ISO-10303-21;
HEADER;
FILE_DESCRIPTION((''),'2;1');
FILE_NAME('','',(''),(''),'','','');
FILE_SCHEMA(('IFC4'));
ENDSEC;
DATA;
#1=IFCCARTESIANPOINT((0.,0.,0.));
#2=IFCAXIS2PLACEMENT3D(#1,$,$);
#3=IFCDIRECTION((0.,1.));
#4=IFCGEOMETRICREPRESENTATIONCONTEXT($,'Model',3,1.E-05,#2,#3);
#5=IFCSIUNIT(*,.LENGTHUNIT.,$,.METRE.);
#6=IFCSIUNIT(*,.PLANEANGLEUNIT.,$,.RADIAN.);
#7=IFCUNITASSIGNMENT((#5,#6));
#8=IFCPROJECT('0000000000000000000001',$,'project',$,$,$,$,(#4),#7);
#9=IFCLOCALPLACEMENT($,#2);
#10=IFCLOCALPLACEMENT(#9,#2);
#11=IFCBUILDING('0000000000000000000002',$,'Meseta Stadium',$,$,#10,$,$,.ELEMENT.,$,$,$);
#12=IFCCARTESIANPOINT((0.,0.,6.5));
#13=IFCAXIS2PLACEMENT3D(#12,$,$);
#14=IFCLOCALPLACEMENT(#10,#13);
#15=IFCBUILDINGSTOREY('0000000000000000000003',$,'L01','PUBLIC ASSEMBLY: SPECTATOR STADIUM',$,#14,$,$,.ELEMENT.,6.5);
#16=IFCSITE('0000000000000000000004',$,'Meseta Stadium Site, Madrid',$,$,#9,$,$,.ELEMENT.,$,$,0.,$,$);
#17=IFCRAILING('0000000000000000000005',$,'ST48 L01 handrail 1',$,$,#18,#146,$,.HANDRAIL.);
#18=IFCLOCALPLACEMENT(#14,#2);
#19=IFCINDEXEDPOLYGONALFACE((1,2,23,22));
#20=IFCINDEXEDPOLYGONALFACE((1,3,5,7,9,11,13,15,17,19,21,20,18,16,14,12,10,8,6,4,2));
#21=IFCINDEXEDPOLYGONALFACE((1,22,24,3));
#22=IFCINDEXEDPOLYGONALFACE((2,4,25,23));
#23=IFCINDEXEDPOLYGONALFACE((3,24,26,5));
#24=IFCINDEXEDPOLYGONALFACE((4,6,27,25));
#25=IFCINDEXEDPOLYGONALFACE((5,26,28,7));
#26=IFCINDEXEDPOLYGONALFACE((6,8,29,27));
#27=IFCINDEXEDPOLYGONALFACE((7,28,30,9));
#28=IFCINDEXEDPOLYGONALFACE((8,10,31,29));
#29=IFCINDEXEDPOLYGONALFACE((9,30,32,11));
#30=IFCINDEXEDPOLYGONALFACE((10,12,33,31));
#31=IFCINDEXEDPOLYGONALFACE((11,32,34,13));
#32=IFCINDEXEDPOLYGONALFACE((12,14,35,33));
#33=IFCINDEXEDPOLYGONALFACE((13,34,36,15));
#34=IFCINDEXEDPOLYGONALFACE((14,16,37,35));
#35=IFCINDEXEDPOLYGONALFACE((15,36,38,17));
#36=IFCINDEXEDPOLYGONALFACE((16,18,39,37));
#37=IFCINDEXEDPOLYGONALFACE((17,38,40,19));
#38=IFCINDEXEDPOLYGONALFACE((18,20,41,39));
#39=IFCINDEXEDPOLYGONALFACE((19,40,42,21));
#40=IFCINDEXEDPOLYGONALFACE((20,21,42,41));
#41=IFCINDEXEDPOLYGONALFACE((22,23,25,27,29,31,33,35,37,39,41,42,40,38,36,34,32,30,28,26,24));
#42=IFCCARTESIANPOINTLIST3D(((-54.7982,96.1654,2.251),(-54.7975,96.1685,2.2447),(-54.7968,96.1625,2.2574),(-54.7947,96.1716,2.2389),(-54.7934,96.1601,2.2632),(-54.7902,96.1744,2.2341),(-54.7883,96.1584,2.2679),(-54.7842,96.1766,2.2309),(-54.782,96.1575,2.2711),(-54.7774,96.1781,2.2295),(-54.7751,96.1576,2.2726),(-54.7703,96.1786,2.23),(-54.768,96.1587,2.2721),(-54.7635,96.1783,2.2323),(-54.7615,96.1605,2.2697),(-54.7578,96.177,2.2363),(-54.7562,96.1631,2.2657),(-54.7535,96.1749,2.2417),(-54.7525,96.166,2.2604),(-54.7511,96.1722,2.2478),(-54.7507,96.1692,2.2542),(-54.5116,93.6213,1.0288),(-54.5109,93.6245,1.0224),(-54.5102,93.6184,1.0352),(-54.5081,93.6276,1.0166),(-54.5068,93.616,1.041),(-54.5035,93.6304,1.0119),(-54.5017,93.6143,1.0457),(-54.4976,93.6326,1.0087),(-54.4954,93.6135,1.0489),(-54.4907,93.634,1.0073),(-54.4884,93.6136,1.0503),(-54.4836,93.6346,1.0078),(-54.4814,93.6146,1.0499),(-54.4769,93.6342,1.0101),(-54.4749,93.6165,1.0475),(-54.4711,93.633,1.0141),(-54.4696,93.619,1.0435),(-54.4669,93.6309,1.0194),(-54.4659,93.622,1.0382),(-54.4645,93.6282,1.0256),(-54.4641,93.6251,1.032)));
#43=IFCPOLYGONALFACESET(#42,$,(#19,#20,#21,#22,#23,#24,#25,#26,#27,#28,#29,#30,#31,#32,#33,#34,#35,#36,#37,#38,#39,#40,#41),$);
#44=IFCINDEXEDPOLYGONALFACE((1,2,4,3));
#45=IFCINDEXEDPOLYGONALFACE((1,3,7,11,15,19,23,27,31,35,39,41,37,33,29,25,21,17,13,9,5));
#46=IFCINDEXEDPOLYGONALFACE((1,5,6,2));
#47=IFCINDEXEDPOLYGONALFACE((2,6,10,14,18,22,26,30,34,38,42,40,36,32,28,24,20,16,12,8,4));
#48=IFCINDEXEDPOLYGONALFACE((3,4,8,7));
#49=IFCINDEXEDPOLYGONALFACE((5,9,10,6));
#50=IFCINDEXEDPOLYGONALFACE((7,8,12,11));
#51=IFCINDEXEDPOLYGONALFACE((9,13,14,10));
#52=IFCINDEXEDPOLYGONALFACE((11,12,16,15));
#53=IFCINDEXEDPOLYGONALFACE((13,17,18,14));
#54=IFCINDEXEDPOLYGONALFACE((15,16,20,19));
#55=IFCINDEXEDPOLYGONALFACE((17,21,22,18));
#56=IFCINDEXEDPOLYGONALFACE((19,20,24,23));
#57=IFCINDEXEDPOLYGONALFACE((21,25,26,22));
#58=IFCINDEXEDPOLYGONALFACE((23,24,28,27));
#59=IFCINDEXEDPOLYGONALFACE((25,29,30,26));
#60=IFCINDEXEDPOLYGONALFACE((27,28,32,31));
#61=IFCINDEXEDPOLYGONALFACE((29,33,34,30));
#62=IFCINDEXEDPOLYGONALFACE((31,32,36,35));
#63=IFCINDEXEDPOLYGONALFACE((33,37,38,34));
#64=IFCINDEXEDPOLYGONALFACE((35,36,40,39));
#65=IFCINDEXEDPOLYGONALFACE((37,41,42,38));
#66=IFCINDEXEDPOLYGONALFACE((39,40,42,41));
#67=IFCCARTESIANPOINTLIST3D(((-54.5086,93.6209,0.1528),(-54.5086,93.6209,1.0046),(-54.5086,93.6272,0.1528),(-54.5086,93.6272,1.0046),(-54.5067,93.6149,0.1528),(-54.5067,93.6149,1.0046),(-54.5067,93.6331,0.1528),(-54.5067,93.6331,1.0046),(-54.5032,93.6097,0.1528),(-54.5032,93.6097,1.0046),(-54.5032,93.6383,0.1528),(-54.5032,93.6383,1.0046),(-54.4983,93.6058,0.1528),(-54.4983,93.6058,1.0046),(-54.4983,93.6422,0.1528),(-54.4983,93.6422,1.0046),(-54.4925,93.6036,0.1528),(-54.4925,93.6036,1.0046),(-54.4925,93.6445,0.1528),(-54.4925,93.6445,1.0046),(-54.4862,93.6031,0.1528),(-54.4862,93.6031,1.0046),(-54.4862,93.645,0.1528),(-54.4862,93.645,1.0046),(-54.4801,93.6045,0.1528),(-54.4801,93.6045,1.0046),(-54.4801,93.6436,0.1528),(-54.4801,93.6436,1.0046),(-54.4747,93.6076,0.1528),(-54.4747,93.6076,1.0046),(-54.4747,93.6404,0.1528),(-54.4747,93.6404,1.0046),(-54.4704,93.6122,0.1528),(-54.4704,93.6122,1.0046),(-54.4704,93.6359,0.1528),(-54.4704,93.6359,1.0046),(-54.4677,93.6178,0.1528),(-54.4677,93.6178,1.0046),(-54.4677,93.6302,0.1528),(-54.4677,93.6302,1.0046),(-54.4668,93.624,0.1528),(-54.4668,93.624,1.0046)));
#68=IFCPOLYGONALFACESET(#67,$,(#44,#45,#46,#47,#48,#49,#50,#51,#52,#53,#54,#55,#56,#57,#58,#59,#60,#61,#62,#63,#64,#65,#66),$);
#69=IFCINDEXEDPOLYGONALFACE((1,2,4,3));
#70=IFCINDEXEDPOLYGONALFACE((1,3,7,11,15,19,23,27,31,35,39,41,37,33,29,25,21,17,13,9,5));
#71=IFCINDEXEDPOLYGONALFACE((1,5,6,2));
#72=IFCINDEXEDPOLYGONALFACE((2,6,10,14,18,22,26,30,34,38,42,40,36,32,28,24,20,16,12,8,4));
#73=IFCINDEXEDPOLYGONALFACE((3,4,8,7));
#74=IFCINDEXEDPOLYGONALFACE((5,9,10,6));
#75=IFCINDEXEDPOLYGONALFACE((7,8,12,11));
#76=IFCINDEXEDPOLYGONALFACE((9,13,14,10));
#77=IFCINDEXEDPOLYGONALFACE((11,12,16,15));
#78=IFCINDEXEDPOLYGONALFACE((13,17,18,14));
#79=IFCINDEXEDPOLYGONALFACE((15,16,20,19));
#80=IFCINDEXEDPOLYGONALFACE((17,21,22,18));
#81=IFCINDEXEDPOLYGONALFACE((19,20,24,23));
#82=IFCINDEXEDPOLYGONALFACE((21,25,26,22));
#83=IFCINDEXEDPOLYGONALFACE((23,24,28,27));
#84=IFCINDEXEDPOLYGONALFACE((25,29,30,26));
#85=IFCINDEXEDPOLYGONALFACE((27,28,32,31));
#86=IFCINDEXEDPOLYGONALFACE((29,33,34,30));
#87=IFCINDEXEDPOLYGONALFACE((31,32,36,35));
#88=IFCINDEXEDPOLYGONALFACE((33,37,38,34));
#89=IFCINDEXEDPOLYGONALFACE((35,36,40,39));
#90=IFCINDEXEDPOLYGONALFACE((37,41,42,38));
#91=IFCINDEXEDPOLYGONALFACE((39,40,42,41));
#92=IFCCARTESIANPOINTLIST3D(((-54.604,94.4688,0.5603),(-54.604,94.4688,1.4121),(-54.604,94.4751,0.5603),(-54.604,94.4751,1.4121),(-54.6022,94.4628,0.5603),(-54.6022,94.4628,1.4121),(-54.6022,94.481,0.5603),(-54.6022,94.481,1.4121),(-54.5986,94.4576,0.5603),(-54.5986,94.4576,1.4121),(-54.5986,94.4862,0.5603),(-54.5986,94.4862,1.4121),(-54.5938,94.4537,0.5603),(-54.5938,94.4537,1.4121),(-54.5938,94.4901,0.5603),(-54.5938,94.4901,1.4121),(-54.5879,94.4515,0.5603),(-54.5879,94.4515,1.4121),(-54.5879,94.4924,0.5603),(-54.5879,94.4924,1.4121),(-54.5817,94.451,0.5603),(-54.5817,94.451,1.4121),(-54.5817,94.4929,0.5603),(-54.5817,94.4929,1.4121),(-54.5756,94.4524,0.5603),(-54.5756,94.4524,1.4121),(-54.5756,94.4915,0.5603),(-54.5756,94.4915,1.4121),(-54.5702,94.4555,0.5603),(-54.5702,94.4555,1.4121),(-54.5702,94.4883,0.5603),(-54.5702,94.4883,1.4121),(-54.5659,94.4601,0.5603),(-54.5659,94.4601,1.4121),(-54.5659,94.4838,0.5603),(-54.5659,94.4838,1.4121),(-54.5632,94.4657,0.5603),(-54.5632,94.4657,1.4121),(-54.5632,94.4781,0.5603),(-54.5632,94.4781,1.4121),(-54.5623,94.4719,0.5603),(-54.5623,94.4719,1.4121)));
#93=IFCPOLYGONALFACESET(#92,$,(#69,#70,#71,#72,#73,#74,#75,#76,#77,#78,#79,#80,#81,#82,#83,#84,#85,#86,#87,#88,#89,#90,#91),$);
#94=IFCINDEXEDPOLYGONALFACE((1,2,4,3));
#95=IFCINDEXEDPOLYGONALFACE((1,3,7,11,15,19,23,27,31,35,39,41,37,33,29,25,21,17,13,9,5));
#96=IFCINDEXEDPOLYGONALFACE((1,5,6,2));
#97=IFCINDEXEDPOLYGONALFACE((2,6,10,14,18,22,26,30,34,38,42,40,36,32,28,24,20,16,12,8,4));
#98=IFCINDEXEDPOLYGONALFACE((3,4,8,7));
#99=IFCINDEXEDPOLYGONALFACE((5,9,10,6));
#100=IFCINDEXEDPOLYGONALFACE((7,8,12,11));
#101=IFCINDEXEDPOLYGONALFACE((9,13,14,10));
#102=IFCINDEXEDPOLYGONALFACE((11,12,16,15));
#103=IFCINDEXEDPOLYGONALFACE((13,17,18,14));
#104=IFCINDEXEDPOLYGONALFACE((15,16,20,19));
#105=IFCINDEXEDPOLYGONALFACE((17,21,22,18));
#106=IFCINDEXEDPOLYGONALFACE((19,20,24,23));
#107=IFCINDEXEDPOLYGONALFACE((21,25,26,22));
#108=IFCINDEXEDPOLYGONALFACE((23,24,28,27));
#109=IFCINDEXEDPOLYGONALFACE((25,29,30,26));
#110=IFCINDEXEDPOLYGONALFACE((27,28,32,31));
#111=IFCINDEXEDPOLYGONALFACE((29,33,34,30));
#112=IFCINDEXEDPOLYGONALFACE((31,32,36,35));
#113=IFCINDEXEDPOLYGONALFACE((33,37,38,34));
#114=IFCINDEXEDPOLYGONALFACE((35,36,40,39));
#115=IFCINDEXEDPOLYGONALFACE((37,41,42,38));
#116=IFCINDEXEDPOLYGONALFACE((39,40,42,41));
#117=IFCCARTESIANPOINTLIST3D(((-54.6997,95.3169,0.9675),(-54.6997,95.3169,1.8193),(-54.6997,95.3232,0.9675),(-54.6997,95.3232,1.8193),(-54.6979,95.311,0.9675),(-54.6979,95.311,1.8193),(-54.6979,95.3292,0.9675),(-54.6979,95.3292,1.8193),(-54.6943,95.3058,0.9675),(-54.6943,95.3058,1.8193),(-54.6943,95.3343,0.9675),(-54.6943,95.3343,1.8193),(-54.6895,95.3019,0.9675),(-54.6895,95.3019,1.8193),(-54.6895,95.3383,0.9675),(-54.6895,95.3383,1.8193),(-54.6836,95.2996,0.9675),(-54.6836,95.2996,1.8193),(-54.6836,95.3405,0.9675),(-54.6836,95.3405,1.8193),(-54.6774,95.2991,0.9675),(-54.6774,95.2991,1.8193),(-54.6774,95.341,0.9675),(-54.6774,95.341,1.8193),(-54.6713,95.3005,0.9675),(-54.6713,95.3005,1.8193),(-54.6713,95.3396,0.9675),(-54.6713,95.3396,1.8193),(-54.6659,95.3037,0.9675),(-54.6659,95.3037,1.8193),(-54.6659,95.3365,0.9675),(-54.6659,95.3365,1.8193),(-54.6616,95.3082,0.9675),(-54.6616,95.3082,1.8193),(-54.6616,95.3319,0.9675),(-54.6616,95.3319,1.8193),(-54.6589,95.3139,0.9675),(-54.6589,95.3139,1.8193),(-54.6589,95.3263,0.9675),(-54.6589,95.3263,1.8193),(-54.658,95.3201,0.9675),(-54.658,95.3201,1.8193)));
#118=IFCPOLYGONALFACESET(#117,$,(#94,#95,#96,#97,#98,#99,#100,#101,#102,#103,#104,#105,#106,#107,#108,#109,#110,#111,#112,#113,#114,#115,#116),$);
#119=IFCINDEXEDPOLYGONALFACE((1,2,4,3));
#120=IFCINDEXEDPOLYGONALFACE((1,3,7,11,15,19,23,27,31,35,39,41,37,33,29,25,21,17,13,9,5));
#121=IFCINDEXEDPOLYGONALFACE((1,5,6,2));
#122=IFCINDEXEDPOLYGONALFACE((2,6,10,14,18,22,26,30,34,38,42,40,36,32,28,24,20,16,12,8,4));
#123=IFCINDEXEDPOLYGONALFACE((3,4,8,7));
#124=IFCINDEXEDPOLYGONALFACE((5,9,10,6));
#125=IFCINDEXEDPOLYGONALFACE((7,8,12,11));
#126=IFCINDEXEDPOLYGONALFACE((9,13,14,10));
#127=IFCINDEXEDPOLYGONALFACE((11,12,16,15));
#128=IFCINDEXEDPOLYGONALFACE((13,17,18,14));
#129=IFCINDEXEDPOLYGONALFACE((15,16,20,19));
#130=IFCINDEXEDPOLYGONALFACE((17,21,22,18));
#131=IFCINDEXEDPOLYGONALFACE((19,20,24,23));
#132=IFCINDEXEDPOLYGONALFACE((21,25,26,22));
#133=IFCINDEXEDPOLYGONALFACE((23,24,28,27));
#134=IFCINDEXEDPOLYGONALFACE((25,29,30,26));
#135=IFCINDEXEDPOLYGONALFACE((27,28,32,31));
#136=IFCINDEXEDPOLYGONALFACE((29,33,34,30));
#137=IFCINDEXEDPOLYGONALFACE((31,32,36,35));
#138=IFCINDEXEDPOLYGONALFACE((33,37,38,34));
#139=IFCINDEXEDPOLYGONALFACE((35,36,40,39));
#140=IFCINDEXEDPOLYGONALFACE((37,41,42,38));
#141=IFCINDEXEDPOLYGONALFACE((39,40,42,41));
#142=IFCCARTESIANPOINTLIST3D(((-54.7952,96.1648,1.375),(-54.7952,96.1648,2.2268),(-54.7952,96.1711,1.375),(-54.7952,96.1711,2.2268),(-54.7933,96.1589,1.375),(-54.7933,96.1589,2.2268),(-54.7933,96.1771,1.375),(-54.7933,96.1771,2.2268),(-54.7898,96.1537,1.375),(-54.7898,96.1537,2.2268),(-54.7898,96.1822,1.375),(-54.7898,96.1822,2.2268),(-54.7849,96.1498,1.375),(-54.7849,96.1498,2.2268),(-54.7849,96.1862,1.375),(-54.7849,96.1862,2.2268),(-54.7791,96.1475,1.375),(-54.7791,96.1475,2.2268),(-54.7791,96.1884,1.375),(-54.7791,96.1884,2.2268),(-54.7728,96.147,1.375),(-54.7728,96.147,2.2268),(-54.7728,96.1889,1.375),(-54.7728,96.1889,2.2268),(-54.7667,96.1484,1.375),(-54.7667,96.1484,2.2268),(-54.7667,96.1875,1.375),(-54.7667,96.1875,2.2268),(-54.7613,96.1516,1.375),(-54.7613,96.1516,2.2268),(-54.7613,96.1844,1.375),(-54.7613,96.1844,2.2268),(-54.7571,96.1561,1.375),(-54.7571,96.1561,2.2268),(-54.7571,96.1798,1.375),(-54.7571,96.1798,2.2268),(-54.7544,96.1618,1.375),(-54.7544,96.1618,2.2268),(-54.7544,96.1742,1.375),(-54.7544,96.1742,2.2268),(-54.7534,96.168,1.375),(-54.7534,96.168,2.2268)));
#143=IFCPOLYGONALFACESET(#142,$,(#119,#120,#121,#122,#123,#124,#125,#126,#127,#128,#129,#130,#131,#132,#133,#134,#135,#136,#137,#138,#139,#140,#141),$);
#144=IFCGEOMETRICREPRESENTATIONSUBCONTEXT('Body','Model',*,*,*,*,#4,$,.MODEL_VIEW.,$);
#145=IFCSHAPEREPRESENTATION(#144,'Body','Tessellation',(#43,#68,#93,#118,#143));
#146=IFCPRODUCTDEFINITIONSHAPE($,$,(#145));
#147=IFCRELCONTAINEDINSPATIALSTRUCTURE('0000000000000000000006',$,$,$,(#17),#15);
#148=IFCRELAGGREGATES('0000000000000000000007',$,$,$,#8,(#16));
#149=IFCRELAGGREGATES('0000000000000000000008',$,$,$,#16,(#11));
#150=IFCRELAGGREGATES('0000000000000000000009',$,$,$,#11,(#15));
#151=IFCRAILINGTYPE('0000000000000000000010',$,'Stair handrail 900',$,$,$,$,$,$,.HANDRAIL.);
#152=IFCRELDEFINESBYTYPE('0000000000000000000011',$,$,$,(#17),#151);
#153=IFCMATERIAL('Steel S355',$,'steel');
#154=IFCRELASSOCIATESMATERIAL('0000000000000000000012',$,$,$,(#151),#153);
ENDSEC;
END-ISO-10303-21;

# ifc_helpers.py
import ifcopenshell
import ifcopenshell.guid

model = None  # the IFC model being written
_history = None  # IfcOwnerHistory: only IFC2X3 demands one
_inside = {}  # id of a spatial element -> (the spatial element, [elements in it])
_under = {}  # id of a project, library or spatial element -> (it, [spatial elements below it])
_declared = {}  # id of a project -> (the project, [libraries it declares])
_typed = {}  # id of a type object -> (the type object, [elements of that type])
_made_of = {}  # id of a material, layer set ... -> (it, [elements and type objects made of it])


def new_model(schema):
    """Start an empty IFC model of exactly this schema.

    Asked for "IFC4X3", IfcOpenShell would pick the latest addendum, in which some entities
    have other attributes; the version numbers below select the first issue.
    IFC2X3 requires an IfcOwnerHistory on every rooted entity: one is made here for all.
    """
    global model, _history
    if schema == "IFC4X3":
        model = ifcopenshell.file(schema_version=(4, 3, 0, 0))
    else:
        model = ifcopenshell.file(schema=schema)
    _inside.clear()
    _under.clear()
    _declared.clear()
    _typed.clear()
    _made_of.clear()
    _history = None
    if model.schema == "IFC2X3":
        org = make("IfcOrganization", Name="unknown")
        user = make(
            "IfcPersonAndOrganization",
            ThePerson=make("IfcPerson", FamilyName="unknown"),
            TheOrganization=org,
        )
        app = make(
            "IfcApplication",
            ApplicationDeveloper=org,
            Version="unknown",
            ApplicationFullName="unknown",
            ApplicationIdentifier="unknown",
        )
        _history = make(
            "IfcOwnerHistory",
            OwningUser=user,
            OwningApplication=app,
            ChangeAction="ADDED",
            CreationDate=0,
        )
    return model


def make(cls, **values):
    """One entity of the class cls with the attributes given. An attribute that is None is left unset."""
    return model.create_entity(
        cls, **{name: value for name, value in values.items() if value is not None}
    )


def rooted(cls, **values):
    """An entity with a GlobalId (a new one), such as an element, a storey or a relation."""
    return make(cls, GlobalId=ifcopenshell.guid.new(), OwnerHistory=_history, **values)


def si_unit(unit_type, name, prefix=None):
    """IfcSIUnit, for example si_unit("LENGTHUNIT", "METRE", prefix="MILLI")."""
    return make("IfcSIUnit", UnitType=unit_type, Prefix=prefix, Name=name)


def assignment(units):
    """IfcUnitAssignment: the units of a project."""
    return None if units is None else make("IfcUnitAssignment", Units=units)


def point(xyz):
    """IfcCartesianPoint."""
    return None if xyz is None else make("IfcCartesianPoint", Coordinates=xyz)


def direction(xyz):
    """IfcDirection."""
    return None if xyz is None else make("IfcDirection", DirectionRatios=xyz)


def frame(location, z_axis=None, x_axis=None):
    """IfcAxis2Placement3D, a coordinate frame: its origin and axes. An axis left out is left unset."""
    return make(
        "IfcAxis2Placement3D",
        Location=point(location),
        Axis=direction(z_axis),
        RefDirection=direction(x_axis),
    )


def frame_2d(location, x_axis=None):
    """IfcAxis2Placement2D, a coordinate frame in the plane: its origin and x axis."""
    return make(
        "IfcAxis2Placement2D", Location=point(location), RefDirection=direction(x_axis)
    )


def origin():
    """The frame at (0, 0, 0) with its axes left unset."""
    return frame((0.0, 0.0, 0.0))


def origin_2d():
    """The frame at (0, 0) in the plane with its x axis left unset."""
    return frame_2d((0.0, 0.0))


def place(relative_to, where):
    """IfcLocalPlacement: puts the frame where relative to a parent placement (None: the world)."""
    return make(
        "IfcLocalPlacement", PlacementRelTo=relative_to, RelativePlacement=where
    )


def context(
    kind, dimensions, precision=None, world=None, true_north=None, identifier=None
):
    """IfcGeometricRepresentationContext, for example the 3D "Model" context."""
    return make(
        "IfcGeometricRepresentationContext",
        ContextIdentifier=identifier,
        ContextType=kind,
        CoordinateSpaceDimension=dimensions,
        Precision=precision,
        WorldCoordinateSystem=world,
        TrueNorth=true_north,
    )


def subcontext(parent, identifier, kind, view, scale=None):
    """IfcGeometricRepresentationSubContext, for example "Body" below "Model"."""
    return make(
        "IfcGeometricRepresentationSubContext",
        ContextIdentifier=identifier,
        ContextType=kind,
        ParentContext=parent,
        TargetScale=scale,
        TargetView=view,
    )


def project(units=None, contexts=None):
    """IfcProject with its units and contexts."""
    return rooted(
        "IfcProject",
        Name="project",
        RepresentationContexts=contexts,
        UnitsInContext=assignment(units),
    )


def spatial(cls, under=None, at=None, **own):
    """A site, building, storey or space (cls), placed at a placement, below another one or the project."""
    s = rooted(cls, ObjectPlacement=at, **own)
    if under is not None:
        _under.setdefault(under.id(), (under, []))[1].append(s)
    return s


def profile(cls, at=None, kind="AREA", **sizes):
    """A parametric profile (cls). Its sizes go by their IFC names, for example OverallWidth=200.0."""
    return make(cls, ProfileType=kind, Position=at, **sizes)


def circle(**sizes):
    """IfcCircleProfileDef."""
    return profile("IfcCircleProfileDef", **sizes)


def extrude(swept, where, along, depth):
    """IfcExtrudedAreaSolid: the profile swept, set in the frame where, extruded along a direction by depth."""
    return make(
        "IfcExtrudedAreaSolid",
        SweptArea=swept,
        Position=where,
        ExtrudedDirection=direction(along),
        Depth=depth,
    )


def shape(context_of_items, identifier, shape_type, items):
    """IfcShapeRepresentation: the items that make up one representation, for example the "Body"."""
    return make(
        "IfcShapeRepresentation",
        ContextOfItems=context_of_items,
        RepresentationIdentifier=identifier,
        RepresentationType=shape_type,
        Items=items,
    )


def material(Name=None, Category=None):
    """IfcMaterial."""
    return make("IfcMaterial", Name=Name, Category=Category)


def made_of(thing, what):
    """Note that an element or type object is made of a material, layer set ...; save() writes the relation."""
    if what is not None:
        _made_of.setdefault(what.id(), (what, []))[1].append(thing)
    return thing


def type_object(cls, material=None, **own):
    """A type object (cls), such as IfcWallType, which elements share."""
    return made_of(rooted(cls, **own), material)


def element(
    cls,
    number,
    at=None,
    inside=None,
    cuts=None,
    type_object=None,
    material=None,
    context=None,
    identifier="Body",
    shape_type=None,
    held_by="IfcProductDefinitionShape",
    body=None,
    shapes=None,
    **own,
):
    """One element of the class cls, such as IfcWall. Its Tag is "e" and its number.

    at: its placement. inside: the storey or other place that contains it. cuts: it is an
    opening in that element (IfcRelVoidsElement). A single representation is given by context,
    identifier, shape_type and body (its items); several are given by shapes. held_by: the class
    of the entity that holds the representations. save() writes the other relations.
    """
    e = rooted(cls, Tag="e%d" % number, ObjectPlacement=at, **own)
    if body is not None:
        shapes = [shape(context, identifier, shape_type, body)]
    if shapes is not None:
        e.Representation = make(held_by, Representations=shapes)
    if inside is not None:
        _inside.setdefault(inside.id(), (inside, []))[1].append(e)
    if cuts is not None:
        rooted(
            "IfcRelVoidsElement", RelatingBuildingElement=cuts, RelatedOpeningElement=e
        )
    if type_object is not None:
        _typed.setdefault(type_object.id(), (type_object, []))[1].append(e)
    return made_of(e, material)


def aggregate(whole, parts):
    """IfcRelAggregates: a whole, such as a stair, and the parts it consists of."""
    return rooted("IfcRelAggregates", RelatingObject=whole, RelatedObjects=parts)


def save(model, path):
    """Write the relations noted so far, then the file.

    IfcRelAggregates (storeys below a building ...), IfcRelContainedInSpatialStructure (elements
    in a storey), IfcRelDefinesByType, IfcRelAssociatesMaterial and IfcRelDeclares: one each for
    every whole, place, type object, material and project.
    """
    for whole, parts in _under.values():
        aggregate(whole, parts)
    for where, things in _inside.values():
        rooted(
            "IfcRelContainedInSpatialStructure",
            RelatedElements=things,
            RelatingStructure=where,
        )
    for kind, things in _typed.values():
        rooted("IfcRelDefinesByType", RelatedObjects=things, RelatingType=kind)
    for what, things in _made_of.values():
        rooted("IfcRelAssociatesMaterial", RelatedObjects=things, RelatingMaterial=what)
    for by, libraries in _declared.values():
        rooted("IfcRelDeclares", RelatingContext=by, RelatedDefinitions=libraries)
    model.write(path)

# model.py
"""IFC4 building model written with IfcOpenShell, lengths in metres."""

from ifc_helpers import new_model, si_unit, direction, frame, origin, origin_2d, place, context, subcontext, project, spatial, circle, extrude, material, type_object, element, save


model = new_model("IFC4")

# Units and contexts
model_context = context("Model", 3, precision=1e-05, world=origin(), true_north=direction((0.0, 1.0)))
body_context = subcontext(model_context, "Body", "Model", "MODEL_VIEW")
ifc_project = project(units=[si_unit("LENGTHUNIT", "METRE"), si_unit("PLANEANGLEUNIT", "RADIAN")], contexts=[model_context])

# Site, building, storey
site_placement = place(None, origin())
site = spatial("IfcSite", under=ifc_project, at=site_placement, Name="Meseta Stadium Site, Madrid", CompositionType="ELEMENT", RefElevation=0.0)
building_placement = place(site_placement, origin())
building = spatial("IfcBuilding", under=site, at=building_placement, Name="Meseta Stadium", CompositionType="ELEMENT")
storey_placement = place(building_placement, frame((0.0, 0.0, 6.5)))
storey = spatial("IfcBuildingStorey", under=building, at=storey_placement, Name="L01", Description="PUBLIC ASSEMBLY: SPECTATOR STADIUM", CompositionType="ELEMENT", Elevation=6.5)

# Railing
ifc_material_1 = material(Name="Steel S355", Category="steel")
railing_type_1 = type_object("IfcRailingType", Name="Stair handrail 900", PredefinedType="HANDRAIL", material=ifc_material_1)
for number, where, name in (
    (1, (-54.4878, 93.624, 0.1528), "ST48 L01 handrail 1"),
):
    element("IfcRailing", number, at=place(storey_placement, frame(where)), inside=storey, type_object=railing_type_1, Name=name, PredefinedType="HANDRAIL", context=body_context, shape_type="SweptSolid", body=[
        extrude(circle(Radius=0.0239, at=origin_2d()), frame((0.0, 0.0, 0.876), z_axis=(-0.101036, 0.896762, 0.430824), x_axis=(-0.993713, -0.11196, 0.0)), (0.0, 0.0, 1.0), 2.8369),
        extrude(circle(Radius=0.021, at=origin_2d()), origin(), (0.0, 0.0, 1.0), 0.8518),
        extrude(circle(Radius=0.021, at=origin_2d()), frame((-0.0955, 0.8479, 0.4075)), (0.0, 0.0, 1.0), 0.8518),
        extrude(circle(Radius=0.021, at=origin_2d()), frame((-0.1912, 1.696, 0.8147)), (0.0, 0.0, 1.0), 0.8518),
        extrude(circle(Radius=0.021, at=origin_2d()), frame((-0.2866, 2.5439, 1.2222)), (0.0, 0.0, 1.0), 0.8518),
    ])

save(model, "model.ifc")
